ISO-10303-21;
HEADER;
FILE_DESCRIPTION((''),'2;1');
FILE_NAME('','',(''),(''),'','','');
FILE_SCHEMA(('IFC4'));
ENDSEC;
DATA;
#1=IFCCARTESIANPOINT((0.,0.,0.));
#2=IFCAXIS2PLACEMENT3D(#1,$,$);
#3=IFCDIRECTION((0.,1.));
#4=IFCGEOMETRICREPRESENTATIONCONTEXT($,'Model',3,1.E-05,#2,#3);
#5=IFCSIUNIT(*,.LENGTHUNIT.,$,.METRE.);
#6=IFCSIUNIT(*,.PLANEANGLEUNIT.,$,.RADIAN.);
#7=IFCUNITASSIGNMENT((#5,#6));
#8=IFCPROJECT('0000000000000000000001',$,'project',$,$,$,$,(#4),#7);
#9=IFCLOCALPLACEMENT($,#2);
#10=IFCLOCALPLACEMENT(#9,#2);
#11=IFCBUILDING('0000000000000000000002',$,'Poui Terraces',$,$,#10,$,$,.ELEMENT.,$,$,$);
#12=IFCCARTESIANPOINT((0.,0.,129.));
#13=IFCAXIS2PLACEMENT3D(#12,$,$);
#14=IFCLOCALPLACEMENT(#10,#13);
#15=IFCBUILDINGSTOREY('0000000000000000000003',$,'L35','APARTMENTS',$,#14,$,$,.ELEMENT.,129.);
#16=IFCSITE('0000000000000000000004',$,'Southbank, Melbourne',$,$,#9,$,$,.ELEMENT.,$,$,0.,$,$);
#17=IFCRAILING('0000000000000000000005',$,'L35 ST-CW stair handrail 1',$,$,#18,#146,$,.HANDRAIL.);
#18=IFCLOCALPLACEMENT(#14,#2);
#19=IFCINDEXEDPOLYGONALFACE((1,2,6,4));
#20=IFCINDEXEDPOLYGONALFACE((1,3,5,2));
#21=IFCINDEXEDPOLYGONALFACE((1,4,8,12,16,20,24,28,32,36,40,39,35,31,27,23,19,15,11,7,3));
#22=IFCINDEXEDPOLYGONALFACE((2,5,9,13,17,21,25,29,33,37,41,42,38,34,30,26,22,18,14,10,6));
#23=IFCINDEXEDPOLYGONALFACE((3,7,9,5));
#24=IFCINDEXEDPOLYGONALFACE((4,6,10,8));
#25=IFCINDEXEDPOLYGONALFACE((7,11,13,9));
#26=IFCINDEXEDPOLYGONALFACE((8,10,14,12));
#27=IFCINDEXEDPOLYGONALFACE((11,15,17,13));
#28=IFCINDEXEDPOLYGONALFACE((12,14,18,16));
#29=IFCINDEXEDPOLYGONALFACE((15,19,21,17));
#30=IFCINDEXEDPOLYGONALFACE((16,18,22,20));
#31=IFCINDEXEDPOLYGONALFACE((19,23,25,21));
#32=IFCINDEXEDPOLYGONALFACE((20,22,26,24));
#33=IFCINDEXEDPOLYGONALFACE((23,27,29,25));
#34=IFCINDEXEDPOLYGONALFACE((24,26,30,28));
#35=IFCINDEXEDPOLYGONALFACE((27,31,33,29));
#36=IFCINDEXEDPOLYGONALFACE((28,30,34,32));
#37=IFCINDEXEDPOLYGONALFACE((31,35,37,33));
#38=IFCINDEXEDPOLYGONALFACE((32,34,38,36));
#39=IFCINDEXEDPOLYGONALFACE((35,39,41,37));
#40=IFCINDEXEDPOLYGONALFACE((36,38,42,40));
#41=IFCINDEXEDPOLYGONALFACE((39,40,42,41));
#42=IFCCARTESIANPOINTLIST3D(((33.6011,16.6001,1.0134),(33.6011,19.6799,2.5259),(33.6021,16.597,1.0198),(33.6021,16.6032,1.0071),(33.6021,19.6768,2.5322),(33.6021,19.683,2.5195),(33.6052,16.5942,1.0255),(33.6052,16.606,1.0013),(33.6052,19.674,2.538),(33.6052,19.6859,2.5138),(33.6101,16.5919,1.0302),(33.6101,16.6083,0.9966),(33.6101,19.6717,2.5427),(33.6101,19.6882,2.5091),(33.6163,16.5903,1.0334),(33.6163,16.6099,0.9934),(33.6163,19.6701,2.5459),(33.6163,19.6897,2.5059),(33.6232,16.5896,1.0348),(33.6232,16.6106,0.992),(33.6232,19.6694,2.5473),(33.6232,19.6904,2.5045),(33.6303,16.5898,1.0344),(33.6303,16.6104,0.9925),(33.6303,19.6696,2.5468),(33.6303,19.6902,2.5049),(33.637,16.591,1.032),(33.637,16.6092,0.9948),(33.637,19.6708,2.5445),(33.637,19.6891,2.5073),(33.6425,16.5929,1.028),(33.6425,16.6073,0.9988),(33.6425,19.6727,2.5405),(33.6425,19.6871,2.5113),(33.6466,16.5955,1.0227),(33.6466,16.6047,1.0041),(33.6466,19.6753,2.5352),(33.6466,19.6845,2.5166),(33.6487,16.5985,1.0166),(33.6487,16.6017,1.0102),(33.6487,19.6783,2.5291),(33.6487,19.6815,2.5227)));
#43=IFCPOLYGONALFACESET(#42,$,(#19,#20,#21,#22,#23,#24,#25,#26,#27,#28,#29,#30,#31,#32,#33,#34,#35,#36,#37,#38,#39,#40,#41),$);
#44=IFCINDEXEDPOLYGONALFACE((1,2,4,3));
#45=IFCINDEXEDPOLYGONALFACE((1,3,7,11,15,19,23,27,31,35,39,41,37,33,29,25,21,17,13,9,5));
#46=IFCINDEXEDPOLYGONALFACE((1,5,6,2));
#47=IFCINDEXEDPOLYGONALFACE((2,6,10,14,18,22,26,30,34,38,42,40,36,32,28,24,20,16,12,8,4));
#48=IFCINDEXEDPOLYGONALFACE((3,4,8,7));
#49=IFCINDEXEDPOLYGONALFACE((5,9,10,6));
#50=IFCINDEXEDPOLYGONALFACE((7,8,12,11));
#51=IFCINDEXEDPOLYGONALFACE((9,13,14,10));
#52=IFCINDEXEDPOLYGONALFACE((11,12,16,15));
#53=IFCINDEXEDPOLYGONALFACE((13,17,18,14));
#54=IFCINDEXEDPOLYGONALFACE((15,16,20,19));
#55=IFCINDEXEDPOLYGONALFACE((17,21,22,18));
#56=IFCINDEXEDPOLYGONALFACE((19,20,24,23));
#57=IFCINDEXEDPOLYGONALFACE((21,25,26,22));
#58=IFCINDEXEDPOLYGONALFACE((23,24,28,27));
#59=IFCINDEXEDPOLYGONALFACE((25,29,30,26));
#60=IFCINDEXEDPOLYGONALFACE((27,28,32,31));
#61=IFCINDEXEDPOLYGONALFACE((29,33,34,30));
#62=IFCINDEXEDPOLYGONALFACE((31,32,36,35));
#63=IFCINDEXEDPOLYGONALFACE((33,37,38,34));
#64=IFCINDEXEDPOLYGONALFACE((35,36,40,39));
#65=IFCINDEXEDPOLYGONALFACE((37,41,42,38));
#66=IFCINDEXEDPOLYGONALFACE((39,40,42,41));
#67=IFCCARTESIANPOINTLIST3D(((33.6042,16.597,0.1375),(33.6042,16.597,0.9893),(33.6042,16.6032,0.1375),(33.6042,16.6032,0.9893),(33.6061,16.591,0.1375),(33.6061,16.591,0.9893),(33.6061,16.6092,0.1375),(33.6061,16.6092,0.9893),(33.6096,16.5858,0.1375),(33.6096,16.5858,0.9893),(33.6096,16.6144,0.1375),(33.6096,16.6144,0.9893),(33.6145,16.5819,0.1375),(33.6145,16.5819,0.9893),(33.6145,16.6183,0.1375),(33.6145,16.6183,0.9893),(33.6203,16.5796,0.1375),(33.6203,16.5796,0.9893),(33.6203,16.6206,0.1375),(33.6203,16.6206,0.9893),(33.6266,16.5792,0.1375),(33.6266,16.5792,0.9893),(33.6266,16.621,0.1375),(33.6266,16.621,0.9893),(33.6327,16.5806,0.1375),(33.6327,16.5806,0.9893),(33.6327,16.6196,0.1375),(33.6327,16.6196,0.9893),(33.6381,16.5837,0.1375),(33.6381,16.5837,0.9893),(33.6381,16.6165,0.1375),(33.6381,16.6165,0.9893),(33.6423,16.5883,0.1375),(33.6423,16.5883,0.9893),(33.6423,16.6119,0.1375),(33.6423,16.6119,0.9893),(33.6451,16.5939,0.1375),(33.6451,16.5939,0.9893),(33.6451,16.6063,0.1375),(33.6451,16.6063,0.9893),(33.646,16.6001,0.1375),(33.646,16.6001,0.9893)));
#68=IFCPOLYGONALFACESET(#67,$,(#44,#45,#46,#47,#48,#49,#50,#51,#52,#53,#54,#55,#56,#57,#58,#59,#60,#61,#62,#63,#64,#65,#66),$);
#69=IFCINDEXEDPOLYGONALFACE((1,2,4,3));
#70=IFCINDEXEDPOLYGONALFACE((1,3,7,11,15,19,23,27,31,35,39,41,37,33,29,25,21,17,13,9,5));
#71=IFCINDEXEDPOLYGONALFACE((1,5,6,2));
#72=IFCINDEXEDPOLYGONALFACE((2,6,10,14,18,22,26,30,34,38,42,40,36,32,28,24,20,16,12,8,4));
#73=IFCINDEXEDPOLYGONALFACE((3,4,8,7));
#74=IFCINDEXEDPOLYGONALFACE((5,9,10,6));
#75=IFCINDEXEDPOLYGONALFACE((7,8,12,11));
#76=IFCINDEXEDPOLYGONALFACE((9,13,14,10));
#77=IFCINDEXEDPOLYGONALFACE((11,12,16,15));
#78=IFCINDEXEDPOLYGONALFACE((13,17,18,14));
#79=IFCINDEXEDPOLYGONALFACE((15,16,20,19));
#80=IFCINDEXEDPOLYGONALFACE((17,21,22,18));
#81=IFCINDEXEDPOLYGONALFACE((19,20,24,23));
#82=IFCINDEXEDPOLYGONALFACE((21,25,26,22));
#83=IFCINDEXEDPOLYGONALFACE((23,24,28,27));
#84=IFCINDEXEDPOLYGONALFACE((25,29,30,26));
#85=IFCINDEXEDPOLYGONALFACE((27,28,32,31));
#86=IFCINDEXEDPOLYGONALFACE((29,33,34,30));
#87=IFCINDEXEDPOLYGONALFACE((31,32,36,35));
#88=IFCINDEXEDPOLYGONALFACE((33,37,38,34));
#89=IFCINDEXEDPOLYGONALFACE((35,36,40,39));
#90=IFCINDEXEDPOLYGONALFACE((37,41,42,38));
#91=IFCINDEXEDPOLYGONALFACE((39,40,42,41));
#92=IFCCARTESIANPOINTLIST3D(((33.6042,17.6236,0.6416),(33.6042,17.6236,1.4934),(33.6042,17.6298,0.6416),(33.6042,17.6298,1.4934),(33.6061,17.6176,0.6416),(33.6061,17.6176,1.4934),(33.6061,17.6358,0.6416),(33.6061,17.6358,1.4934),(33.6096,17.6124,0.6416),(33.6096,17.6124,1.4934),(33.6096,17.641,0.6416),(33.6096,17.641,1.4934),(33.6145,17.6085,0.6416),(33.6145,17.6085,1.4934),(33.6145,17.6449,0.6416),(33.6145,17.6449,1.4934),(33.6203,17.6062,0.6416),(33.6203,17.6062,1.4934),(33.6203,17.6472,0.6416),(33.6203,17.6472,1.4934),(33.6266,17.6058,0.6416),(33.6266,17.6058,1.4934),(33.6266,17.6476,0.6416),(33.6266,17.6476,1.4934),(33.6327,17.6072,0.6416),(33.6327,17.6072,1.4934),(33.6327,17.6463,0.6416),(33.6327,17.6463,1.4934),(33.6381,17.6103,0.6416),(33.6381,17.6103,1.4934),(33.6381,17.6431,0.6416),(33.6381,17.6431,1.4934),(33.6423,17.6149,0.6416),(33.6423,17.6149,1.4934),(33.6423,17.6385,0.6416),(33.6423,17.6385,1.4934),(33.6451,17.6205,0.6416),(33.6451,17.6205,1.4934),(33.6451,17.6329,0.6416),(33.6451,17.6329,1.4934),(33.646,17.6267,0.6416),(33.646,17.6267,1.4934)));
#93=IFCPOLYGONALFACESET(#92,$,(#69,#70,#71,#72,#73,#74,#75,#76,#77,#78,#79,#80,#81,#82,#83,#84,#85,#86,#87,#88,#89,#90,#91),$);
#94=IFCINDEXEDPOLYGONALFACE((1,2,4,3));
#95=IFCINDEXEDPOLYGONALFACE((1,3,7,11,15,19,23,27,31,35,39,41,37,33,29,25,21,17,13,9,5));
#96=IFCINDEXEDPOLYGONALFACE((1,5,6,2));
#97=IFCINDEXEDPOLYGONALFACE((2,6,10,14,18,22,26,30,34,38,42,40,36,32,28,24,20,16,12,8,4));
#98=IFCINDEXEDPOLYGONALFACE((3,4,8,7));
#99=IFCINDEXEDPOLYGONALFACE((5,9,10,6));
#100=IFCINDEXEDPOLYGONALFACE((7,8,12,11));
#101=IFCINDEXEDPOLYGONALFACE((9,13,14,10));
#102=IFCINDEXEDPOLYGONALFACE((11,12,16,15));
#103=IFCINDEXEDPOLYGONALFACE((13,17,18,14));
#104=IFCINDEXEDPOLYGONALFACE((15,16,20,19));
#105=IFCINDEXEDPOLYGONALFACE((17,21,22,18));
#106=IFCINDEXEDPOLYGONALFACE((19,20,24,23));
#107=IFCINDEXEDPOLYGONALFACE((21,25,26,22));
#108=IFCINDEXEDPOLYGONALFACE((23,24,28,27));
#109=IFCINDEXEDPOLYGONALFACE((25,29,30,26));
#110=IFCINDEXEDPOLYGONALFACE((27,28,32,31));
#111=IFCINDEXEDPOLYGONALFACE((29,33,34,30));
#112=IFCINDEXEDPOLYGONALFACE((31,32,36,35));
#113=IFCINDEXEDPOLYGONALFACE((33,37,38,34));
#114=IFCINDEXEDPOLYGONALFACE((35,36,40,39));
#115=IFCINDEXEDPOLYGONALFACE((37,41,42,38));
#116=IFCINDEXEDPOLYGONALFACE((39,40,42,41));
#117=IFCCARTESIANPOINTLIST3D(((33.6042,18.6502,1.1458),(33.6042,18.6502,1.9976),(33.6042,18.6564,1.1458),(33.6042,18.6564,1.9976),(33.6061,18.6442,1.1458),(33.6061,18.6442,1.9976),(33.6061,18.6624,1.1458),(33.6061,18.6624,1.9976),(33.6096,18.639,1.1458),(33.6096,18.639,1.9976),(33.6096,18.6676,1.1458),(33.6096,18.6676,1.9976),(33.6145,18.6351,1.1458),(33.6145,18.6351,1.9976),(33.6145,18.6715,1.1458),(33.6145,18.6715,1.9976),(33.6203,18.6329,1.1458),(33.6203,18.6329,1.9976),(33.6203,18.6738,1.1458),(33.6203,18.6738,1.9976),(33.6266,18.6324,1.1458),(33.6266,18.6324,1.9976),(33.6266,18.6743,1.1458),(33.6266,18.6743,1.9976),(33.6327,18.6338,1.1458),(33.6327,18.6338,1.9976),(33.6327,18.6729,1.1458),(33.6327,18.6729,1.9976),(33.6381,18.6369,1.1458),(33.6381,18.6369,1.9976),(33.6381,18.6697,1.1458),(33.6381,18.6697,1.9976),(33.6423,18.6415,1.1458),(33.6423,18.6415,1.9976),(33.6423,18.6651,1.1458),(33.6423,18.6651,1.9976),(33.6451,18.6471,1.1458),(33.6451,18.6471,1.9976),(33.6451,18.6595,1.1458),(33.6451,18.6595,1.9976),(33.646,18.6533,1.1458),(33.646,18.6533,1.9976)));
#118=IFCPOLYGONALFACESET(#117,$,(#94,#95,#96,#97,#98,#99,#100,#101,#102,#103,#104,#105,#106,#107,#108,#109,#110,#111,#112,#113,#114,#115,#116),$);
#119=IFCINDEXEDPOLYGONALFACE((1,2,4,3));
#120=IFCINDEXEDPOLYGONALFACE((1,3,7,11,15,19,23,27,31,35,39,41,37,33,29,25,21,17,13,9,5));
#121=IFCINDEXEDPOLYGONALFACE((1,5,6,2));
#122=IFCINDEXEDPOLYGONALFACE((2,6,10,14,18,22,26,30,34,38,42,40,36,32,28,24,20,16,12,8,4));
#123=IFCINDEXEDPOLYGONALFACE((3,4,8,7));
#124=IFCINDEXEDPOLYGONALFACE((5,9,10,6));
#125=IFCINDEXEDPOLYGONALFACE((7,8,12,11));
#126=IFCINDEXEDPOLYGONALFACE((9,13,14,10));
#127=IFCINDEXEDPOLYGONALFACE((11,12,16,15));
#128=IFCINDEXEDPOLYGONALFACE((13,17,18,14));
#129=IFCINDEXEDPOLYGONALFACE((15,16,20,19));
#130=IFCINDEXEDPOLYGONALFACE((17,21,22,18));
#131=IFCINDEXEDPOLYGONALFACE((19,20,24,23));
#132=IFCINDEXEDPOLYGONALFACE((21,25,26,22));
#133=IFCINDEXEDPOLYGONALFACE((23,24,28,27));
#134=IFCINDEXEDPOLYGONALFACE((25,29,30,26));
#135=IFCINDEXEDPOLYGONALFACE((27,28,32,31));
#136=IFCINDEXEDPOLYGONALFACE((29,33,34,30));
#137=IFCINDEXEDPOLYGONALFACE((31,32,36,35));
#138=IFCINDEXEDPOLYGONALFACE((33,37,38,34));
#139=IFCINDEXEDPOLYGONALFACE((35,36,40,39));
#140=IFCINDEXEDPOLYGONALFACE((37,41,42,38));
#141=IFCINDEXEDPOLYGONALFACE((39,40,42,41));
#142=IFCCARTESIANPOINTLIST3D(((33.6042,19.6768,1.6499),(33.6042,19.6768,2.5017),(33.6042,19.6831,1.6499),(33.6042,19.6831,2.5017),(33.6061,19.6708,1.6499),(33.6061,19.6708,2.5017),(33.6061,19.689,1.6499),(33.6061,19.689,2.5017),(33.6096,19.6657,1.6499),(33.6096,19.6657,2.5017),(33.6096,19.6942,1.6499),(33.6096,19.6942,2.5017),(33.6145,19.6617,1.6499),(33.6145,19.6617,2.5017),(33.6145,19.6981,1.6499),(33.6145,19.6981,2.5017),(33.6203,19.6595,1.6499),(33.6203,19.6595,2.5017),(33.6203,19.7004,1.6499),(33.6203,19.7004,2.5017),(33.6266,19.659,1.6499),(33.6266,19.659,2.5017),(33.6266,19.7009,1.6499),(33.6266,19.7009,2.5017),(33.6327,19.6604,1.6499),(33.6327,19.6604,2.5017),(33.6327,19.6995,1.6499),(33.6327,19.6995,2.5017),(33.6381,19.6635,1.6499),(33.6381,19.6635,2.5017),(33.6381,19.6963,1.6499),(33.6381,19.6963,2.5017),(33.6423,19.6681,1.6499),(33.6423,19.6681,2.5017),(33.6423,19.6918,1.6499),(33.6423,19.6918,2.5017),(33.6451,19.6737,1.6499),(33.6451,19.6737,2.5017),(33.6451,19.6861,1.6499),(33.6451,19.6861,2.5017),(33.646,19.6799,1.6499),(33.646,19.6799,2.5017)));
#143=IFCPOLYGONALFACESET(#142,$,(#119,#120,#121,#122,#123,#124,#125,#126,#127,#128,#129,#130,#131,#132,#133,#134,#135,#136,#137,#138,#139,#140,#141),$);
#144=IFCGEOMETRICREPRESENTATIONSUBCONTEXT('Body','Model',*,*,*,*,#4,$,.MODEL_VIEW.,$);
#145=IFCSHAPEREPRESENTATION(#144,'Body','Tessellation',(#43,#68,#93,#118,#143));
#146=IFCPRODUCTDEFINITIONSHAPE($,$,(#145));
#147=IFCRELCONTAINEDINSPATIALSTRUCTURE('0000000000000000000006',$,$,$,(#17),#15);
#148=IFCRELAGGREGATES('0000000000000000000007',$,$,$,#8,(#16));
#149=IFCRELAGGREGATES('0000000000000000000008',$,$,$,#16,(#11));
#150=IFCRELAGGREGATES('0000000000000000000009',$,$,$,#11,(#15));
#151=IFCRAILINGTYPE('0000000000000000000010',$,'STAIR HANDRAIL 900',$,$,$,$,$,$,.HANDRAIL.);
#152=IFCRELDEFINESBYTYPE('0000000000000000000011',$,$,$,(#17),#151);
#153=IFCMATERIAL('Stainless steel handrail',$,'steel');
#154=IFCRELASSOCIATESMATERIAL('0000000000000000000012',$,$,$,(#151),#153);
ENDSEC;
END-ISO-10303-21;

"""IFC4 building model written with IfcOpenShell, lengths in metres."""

from ifc_helpers import new_model, si_unit, direction, frame, origin, origin_2d, place, context, subcontext, project, spatial, circle, extrude, material, type_object, element, save


model = new_model("IFC4")

# Units and contexts
model_context = context("Model", 3, precision=1e-05, world=origin(), true_north=direction((0.0, 1.0)))
body_context = subcontext(model_context, "Body", "Model", "MODEL_VIEW")
ifc_project = project(units=[si_unit("LENGTHUNIT", "METRE"), si_unit("PLANEANGLEUNIT", "RADIAN")], contexts=[model_context])

# Site, building, storey
site_placement = place(None, origin())
site = spatial("IfcSite", under=ifc_project, at=site_placement, Name="Southbank, Melbourne", CompositionType="ELEMENT", RefElevation=0.0)
building_placement = place(site_placement, origin())
building = spatial("IfcBuilding", under=site, at=building_placement, Name="Poui Terraces", CompositionType="ELEMENT")
storey_placement = place(building_placement, frame((0.0, 0.0, 129.0)))
storey = spatial("IfcBuildingStorey", under=building, at=storey_placement, Name="L35", Description="APARTMENTS", CompositionType="ELEMENT", Elevation=129.0)

# Railing
ifc_material_1 = material(Name="Stainless steel handrail", Category="steel")
railing_type_1 = type_object("IfcRailingType", Name="STAIR HANDRAIL 900", PredefinedType="HANDRAIL", material=ifc_material_1)
railing_1_placement = place(storey_placement, frame((33.625, 16.6001, 0.1375)))
element("IfcRailing", 1, at=railing_1_placement, inside=storey, type_object=railing_type_1, Name="L35 ST-CW stair handrail 1", PredefinedType="HANDRAIL", context=body_context, shape_type="SweptSolid", body=[
    extrude(circle(Radius=0.0239, at=origin_2d()), frame((0.0, 0.0, 0.876), z_axis=(0.0, 0.897606, 0.440798), x_axis=(-1.0, 0.0, 0.0)), (0.0, 0.0, 1.0), 3.4312),
    extrude(circle(Radius=0.021, at=origin_2d()), origin(), (0.0, 0.0, 1.0), 0.8518),
    extrude(circle(Radius=0.021, at=origin_2d()), frame((0.0, 1.0266, 0.5042)), (0.0, 0.0, 1.0), 0.8518),
    extrude(circle(Radius=0.021, at=origin_2d()), frame((0.0, 2.0532, 1.0083)), (0.0, 0.0, 1.0), 0.8518),
    extrude(circle(Radius=0.021, at=origin_2d()), frame((0.0, 3.0798, 1.5125)), (0.0, 0.0, 1.0), 0.8518),
])

save(model, "model.ifc")
